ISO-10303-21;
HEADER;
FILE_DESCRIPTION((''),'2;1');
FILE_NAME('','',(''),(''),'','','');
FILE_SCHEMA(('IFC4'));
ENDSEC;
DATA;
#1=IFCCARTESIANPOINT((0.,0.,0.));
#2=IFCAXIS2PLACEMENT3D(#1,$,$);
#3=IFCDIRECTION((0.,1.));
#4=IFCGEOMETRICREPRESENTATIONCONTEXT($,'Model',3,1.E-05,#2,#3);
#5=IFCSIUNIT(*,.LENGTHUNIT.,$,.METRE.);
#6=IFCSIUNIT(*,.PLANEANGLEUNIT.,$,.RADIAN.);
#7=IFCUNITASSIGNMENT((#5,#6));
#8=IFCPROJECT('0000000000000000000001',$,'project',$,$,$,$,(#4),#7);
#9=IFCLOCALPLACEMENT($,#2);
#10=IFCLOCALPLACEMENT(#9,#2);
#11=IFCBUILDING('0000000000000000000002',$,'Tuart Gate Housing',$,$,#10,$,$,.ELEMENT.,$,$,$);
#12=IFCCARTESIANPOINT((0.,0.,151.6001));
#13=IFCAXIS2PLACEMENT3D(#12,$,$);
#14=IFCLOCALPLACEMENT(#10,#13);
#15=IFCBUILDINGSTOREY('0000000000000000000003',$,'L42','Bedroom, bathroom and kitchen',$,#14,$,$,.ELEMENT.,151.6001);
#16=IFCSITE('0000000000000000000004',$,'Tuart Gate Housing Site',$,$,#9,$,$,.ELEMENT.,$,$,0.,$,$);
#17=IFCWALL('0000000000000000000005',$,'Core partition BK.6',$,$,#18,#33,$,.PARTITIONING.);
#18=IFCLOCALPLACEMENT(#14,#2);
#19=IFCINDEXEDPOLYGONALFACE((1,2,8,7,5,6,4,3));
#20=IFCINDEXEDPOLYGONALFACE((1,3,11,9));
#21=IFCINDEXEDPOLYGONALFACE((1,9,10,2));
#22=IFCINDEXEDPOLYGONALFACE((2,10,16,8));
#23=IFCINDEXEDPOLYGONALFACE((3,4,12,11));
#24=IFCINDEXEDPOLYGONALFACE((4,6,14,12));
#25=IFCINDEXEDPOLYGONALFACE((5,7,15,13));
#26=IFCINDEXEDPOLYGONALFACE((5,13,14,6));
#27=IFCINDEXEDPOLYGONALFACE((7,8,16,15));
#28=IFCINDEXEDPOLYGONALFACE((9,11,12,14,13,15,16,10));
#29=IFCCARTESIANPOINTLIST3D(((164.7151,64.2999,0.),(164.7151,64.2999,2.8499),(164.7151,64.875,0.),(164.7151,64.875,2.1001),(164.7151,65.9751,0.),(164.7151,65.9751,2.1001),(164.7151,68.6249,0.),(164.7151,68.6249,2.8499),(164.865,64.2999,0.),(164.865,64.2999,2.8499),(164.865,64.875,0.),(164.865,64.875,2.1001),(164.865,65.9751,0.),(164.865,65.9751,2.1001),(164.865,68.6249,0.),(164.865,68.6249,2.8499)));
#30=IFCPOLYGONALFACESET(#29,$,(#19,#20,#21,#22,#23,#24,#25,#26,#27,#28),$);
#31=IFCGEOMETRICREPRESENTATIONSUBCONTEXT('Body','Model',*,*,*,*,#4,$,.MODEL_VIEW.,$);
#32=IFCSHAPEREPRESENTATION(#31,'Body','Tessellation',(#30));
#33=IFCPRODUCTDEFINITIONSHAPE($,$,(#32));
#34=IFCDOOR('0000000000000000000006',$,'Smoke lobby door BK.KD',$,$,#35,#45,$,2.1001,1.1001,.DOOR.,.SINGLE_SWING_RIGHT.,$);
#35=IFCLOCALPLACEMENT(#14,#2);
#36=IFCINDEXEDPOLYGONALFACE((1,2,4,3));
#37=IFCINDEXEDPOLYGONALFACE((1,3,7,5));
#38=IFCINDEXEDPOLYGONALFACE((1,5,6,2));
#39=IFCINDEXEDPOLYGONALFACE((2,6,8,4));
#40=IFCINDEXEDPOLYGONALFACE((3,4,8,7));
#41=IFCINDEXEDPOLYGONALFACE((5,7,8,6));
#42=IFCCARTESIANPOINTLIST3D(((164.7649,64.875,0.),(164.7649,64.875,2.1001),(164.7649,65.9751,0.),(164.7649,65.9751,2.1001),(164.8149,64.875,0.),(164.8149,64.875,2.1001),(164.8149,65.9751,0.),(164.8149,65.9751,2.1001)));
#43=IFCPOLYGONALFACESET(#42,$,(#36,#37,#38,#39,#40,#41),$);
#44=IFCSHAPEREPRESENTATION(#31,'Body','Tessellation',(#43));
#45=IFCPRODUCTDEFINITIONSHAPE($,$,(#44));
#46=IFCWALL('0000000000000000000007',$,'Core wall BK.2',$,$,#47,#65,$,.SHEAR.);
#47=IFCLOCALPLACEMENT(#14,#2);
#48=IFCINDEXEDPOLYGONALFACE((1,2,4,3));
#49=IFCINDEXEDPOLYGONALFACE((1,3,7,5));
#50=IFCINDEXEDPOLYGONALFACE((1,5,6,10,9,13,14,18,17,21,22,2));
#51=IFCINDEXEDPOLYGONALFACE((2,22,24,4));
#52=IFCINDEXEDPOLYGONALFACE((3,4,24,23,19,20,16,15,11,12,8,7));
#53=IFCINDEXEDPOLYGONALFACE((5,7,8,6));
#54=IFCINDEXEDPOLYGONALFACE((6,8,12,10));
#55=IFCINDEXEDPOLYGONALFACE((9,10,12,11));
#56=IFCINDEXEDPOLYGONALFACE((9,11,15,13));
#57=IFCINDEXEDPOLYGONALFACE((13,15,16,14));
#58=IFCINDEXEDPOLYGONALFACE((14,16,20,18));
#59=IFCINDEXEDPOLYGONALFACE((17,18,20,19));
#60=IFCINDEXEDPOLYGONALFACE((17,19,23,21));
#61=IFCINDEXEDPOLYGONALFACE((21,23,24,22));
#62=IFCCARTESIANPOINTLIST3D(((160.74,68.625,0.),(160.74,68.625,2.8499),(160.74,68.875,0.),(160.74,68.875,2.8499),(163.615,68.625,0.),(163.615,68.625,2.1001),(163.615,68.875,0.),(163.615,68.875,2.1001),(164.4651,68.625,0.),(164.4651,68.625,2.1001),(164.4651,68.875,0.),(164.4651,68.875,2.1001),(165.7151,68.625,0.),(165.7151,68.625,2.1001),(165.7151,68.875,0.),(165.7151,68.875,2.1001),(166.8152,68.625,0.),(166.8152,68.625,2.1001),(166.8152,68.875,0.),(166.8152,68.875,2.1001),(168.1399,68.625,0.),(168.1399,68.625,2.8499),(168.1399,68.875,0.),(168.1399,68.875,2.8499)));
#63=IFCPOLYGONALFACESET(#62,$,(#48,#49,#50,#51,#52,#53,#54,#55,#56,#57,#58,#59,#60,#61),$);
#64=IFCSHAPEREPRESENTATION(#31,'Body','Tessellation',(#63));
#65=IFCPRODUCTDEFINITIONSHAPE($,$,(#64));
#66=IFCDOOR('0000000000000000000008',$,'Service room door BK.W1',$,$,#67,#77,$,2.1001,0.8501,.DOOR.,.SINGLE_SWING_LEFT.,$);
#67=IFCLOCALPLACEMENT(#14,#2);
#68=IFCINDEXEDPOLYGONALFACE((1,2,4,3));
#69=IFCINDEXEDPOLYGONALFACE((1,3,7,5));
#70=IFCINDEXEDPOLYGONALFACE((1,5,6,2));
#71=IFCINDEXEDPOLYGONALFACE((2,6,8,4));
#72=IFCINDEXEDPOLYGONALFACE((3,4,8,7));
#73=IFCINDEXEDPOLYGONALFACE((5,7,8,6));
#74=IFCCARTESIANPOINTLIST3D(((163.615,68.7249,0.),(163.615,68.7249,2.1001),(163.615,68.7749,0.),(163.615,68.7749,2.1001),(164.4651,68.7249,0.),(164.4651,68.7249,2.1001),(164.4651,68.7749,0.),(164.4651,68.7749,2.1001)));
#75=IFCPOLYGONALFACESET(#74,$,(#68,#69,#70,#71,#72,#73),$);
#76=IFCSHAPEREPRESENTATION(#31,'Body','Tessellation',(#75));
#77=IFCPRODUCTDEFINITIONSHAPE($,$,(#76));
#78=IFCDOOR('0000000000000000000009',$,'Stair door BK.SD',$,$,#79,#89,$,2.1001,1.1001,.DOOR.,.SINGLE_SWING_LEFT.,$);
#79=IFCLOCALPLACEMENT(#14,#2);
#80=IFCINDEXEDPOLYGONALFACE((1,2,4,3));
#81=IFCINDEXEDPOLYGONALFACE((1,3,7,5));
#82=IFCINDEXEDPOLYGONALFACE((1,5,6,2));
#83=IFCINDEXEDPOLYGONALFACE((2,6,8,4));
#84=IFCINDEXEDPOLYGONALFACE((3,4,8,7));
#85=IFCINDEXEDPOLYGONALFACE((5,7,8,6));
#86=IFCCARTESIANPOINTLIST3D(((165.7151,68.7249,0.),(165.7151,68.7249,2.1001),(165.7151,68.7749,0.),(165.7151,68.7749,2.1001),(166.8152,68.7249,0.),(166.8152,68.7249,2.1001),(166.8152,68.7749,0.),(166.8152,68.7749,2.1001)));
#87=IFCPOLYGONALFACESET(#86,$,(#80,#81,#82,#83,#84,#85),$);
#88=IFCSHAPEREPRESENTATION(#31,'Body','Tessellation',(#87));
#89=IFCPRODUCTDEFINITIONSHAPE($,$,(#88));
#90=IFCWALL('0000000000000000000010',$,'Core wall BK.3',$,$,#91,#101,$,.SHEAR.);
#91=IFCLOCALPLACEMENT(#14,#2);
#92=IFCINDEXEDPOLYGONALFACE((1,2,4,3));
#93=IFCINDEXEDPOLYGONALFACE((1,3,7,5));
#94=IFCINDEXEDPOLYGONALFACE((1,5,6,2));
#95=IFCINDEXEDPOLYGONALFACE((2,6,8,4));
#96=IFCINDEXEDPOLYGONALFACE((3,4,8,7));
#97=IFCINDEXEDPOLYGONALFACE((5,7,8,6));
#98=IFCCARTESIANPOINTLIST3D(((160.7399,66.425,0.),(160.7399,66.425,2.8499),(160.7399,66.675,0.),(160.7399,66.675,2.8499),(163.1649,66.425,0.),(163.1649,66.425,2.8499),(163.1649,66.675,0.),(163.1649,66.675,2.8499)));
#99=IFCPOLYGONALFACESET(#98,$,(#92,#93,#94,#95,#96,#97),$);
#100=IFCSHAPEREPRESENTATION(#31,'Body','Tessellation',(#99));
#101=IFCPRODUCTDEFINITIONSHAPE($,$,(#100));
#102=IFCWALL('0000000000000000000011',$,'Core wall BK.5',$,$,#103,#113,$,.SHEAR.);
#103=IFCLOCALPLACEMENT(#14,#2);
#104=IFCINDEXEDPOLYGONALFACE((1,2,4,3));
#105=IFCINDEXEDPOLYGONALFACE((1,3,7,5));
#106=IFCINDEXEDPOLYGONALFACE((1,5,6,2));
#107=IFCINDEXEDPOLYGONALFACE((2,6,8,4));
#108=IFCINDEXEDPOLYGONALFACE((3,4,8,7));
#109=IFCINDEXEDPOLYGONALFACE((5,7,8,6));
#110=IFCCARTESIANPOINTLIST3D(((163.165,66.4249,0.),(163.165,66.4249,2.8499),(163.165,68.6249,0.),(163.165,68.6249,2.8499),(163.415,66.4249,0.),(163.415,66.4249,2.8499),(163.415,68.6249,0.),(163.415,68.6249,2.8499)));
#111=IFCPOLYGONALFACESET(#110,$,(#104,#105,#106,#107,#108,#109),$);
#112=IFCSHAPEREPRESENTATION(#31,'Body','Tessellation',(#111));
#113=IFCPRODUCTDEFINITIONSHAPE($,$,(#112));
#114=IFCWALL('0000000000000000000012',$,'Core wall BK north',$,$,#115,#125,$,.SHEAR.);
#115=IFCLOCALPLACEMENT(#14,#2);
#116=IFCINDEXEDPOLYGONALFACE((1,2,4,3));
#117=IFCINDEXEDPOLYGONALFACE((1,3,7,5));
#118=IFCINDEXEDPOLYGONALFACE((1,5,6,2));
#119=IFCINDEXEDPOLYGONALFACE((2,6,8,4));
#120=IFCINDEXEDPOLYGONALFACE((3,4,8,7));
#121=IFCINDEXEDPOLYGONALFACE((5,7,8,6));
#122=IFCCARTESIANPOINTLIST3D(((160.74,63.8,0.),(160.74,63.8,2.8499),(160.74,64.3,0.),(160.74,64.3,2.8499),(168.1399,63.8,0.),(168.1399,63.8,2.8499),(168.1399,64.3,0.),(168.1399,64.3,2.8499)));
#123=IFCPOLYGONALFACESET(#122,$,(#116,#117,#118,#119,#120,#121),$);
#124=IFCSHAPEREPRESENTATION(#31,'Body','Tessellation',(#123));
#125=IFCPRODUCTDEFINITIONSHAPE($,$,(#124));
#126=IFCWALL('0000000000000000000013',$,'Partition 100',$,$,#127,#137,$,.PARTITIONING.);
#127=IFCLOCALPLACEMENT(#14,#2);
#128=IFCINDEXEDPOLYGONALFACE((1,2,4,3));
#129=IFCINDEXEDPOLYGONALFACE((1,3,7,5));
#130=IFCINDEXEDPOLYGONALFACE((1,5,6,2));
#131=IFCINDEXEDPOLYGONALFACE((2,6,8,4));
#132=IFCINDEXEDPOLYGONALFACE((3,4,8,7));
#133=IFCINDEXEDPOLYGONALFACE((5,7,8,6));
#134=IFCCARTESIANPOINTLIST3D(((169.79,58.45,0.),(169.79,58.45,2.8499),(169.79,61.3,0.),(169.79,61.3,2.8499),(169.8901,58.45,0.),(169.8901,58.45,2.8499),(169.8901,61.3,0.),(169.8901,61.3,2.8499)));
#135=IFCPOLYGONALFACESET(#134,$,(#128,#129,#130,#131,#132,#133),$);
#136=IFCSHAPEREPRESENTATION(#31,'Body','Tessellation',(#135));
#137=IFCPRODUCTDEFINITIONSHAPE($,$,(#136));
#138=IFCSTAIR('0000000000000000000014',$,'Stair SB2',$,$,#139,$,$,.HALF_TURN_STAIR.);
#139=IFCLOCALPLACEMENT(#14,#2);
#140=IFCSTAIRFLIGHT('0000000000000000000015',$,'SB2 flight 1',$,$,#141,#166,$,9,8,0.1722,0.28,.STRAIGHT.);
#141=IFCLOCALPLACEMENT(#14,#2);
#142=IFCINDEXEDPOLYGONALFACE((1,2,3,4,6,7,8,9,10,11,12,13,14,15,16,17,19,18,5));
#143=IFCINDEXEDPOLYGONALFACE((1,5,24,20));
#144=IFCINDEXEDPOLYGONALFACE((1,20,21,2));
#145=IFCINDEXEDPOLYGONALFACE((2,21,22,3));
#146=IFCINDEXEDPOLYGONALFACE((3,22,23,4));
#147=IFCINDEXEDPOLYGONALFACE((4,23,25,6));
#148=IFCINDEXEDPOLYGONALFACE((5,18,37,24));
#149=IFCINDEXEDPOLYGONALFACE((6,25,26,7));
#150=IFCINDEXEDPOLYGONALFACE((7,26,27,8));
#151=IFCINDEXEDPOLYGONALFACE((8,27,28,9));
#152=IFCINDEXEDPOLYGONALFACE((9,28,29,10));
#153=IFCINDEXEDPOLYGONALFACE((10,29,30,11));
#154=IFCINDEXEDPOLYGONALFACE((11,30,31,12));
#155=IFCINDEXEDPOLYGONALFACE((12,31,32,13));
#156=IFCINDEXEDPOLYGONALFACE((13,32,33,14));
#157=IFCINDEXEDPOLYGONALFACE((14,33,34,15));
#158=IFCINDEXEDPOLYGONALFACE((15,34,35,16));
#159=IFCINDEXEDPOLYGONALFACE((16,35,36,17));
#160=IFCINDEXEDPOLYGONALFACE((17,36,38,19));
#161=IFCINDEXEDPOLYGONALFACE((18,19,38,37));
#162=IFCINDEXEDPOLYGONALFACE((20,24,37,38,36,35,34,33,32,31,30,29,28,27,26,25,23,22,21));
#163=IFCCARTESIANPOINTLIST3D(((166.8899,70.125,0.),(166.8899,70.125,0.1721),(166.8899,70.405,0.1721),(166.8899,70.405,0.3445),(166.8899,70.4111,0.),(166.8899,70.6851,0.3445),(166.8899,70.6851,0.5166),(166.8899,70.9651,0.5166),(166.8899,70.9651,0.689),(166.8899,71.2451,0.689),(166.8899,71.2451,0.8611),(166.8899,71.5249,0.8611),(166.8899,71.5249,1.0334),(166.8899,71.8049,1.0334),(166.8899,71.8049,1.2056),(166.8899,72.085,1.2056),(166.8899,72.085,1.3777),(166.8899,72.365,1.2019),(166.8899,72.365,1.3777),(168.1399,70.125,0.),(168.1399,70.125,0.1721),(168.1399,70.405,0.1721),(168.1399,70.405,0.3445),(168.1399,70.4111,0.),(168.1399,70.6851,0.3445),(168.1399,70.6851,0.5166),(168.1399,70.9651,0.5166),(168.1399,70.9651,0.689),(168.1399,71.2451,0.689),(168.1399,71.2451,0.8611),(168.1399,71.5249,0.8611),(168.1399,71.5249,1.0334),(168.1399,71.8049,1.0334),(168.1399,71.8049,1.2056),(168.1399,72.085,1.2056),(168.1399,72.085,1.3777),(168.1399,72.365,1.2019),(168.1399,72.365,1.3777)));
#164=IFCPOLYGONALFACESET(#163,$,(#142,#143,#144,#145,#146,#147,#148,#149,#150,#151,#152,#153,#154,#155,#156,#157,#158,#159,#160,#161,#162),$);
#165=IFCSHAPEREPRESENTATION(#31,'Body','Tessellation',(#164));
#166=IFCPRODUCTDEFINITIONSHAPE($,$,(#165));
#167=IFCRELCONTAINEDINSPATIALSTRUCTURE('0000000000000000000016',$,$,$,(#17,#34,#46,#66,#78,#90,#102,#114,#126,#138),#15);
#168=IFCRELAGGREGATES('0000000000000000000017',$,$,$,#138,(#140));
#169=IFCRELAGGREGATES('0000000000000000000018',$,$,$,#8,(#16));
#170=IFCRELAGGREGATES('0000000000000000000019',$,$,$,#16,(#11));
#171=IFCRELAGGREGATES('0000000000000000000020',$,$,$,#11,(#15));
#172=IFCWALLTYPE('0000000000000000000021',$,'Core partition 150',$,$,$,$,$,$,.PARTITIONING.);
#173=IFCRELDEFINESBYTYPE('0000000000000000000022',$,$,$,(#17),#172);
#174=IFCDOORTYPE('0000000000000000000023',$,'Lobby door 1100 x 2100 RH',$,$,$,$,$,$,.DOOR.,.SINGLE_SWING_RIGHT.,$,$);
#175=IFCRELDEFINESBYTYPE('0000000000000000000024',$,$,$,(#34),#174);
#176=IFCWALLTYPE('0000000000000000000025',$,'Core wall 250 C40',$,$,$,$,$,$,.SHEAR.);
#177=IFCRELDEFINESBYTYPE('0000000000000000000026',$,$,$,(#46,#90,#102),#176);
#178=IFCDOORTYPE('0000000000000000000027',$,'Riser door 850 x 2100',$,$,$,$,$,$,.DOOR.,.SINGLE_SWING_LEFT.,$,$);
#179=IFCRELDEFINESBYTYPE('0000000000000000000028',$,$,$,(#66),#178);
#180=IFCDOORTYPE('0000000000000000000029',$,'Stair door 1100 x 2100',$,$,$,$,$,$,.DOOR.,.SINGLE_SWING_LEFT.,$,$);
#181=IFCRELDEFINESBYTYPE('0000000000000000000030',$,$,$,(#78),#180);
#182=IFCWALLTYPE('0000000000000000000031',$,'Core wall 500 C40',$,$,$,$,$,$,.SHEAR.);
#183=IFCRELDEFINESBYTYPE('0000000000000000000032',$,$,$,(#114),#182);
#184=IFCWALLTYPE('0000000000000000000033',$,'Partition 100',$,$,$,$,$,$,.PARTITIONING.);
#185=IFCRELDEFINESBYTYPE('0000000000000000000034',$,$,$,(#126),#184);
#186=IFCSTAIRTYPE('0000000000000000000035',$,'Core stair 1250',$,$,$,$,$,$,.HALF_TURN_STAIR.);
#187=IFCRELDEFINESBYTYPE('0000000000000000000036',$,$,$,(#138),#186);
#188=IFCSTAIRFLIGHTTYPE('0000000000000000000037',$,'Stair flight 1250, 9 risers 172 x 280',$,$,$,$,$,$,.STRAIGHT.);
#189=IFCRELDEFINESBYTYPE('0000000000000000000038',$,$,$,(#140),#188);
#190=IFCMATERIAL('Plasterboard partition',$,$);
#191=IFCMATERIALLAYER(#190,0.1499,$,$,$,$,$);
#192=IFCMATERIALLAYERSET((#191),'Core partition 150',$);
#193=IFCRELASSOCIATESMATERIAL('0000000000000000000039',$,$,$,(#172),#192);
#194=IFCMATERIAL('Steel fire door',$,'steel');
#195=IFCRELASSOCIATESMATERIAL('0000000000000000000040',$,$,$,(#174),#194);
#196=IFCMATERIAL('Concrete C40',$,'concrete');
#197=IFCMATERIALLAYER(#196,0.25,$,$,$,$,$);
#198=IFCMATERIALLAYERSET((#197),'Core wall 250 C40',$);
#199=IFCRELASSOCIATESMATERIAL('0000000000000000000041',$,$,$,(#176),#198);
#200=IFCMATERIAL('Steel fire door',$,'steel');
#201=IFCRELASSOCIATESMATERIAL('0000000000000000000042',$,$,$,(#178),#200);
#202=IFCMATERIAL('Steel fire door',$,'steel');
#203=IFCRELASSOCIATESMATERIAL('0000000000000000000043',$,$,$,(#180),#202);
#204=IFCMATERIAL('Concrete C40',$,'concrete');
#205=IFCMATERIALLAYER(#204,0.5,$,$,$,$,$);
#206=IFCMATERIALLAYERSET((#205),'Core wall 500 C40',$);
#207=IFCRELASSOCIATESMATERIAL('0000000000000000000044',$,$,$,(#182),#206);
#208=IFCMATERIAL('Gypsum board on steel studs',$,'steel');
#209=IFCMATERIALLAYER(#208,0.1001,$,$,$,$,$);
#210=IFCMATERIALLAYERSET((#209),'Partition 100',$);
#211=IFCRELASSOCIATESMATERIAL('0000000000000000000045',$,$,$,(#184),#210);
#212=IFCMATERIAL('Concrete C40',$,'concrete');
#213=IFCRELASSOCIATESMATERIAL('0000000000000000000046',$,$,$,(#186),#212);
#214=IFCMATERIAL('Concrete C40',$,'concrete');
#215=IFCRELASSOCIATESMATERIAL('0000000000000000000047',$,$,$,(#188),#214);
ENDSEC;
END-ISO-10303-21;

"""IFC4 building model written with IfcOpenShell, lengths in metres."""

from ifc_helpers import new_model, si_unit, direction, frame, frame_2d, origin, place, context, subcontext, project, spatial, polyline, rectangle, outline, extrude, material, layer, layer_set, type_object, element, fill, aggregate, save


model = new_model("IFC4")

# Units and contexts
model_context = context("Model", 3, precision=1e-05, world=origin(), true_north=direction((0.0, 1.0)))
body_context = subcontext(model_context, "Body", "Model", "MODEL_VIEW")
ifc_project = project(units=[si_unit("LENGTHUNIT", "METRE"), si_unit("PLANEANGLEUNIT", "RADIAN")], contexts=[model_context])

# Site, building, storey
site_placement = place(None, origin())
site = spatial("IfcSite", under=ifc_project, at=site_placement, Name="Tuart Gate Housing Site", CompositionType="ELEMENT", RefElevation=0.0)
building_placement = place(site_placement, origin())
building = spatial("IfcBuilding", under=site, at=building_placement, Name="Tuart Gate Housing", CompositionType="ELEMENT")
storey_placement = place(building_placement, frame((0.0, 0.0, 151.6001)))
storey = spatial("IfcBuildingStorey", under=building, at=storey_placement, Name="L42", Description="Bedroom, bathroom and kitchen", CompositionType="ELEMENT", Elevation=151.6001)

# Wall, opening, door
ifc_material_1 = material(Name="Plasterboard partition")
ifc_layer_1 = layer(ifc_material_1, 0.1499)
ifc_layer_set_1 = layer_set([ifc_layer_1], Name="Core partition 150")
wall_type_1 = type_object("IfcWallType", Name="Core partition 150", PredefinedType="PARTITIONING", material=ifc_layer_set_1)
wall_1_placement = place(storey_placement, frame((164.79, 68.625, 0.0), z_axis=(0.0, 0.0, 1.0), x_axis=(0.0, -1.0, 0.0)))
wall_1 = element("IfcWall", 1, at=wall_1_placement, inside=storey, type_object=wall_type_1, Name="Core partition BK.6", PredefinedType="PARTITIONING", context=body_context, shape_type="SweptSolid", body=[
    extrude(rectangle(XDim=4.325, YDim=0.1499, at=frame_2d((2.1626, 0.0))), origin(), (0.0, 0.0, 1.0), 2.8499),
])
opening_1_placement = place(wall_1_placement, frame((2.6499, 0.0, 0.0)))
opening_1 = element("IfcOpeningElement", 2, at=opening_1_placement, cuts=wall_1, PredefinedType="OPENING", context=body_context, shape_type="SweptSolid", body=[
    extrude(rectangle(XDim=1.1001, YDim=2.1001, at=frame_2d((0.55, 1.05))), frame((0.0, 0.085, 0.0), z_axis=(0.0, -1.0, 0.0), x_axis=(1.0, 0.0, 0.0)), (0.0, 0.0, 1.0), 0.1699),
])
ifc_material_2 = material(Name="Steel fire door", Category="steel")
door_type_1 = type_object("IfcDoorType", Name="Lobby door 1100 x 2100 RH", OperationType="SINGLE_SWING_RIGHT", PredefinedType="DOOR", material=ifc_material_2)
door_1_placement = place(opening_1_placement, origin())
door_1 = element("IfcDoor", 3, at=door_1_placement, inside=storey, type_object=door_type_1, Name="Smoke lobby door BK.KD", OperationType="SINGLE_SWING_RIGHT", OverallHeight=2.1001, OverallWidth=1.1001, PredefinedType="DOOR", context=body_context, shape_type="SweptSolid", body=[
    extrude(rectangle(XDim=1.1001, YDim=2.1001, at=frame_2d((0.55, 1.05))), frame((0.0, 0.0249, 0.0), z_axis=(0.0, -1.0, 0.0), x_axis=(1.0, 0.0, 0.0)), (0.0, 0.0, 1.0), 0.05),
])
fill(opening_1, door_1)

# Wall, openings, doors
ifc_material_3 = material(Name="Concrete C40", Category="concrete")
ifc_layer_2 = layer(ifc_material_3, 0.25)
ifc_layer_set_2 = layer_set([ifc_layer_2], Name="Core wall 250 C40")
wall_type_2 = type_object("IfcWallType", Name="Core wall 250 C40", PredefinedType="SHEAR", material=ifc_layer_set_2)
wall_2_placement = place(storey_placement, frame((160.74, 68.75, 0.0), z_axis=(0.0, 0.0, 1.0), x_axis=(1.0, 0.0, 0.0)))
wall_2 = element("IfcWall", 4, at=wall_2_placement, inside=storey, type_object=wall_type_2, Name="Core wall BK.2", PredefinedType="SHEAR", context=body_context, shape_type="SweptSolid", body=[
    extrude(rectangle(XDim=7.3999, YDim=0.25, at=frame_2d((3.7, 0.0))), origin(), (0.0, 0.0, 1.0), 2.8499),
])
opening_2_placement = place(wall_2_placement, frame((4.9751, 0.0, 0.0)))
opening_2 = element("IfcOpeningElement", 5, at=opening_2_placement, cuts=wall_2, PredefinedType="OPENING", context=body_context, shape_type="SweptSolid", body=[
    extrude(rectangle(XDim=1.1001, YDim=2.1001, at=frame_2d((0.55, 1.05))), frame((0.0, 0.135, 0.0), z_axis=(0.0, -1.0, 0.0), x_axis=(1.0, 0.0, 0.0)), (0.0, 0.0, 1.0), 0.27),
])
opening_3_placement = place(wall_2_placement, frame((2.875, 0.0, 0.0)))
opening_3 = element("IfcOpeningElement", 6, at=opening_3_placement, cuts=wall_2, PredefinedType="OPENING", context=body_context, shape_type="SweptSolid", body=[
    extrude(rectangle(XDim=0.8501, YDim=2.1001, at=frame_2d((0.425, 1.05))), frame((0.0, 0.135, 0.0), z_axis=(0.0, -1.0, 0.0), x_axis=(1.0, 0.0, 0.0)), (0.0, 0.0, 1.0), 0.27),
])
ifc_material_4 = material(Name="Steel fire door", Category="steel")
door_type_2 = type_object("IfcDoorType", Name="Riser door 850 x 2100", OperationType="SINGLE_SWING_LEFT", PredefinedType="DOOR", material=ifc_material_4)
door_2_placement = place(opening_3_placement, origin())
door_2 = element("IfcDoor", 7, at=door_2_placement, inside=storey, type_object=door_type_2, Name="Service room door BK.W1", OperationType="SINGLE_SWING_LEFT", OverallHeight=2.1001, OverallWidth=0.8501, PredefinedType="DOOR", context=body_context, shape_type="SweptSolid", body=[
    extrude(rectangle(XDim=0.8501, YDim=2.1001, at=frame_2d((0.425, 1.05))), frame((0.0, 0.0249, 0.0), z_axis=(0.0, -1.0, 0.0), x_axis=(1.0, 0.0, 0.0)), (0.0, 0.0, 1.0), 0.05),
])
fill(opening_3, door_2)
ifc_material_5 = material(Name="Steel fire door", Category="steel")
door_type_3 = type_object("IfcDoorType", Name="Stair door 1100 x 2100", OperationType="SINGLE_SWING_LEFT", PredefinedType="DOOR", material=ifc_material_5)
door_3_placement = place(opening_2_placement, origin())
door_3 = element("IfcDoor", 8, at=door_3_placement, inside=storey, type_object=door_type_3, Name="Stair door BK.SD", OperationType="SINGLE_SWING_LEFT", OverallHeight=2.1001, OverallWidth=1.1001, PredefinedType="DOOR", context=body_context, shape_type="SweptSolid", body=[
    extrude(rectangle(XDim=1.1001, YDim=2.1001, at=frame_2d((0.55, 1.05))), frame((0.0, 0.0249, 0.0), z_axis=(0.0, -1.0, 0.0), x_axis=(1.0, 0.0, 0.0)), (0.0, 0.0, 1.0), 0.05),
])
fill(opening_2, door_3)

# Walls
wall_3_placement = place(storey_placement, frame((160.74, 66.55, 0.0), z_axis=(0.0, 0.0, 1.0), x_axis=(1.0, 0.0, 0.0)))
element("IfcWall", 9, at=wall_3_placement, inside=storey, type_object=wall_type_2, Name="Core wall BK.3", PredefinedType="SHEAR", context=body_context, shape_type="SweptSolid", body=[
    extrude(rectangle(XDim=2.425, YDim=0.25, at=frame_2d((1.2124, 0.0))), origin(), (0.0, 0.0, 1.0), 2.8499),
])
wall_4_placement = place(storey_placement, frame((163.29, 68.625, 0.0), z_axis=(0.0, 0.0, 1.0), x_axis=(0.0, -1.0, 0.0)))
element("IfcWall", 10, at=wall_4_placement, inside=storey, type_object=wall_type_2, Name="Core wall BK.5", PredefinedType="SHEAR", context=body_context, shape_type="SweptSolid", body=[
    extrude(rectangle(XDim=2.2, YDim=0.25, at=frame_2d((1.1001, 0.0))), origin(), (0.0, 0.0, 1.0), 2.8499),
])
ifc_material_6 = material(Name="Concrete C40", Category="concrete")
ifc_layer_3 = layer(ifc_material_6, 0.5)
ifc_layer_set_3 = layer_set([ifc_layer_3], Name="Core wall 500 C40")
wall_type_3 = type_object("IfcWallType", Name="Core wall 500 C40", PredefinedType="SHEAR", material=ifc_layer_set_3)
wall_5_placement = place(storey_placement, frame((160.74, 64.05, 0.0), z_axis=(0.0, 0.0, 1.0), x_axis=(1.0, 0.0, 0.0)))
element("IfcWall", 11, at=wall_5_placement, inside=storey, type_object=wall_type_3, Name="Core wall BK north", PredefinedType="SHEAR", context=body_context, shape_type="SweptSolid", body=[
    extrude(rectangle(XDim=7.3999, YDim=0.5, at=frame_2d((3.7, 0.0))), origin(), (0.0, 0.0, 1.0), 2.8499),
])
ifc_material_7 = material(Name="Gypsum board on steel studs", Category="steel")
ifc_layer_4 = layer(ifc_material_7, 0.1001)
ifc_layer_set_4 = layer_set([ifc_layer_4], Name="Partition 100")
wall_type_4 = type_object("IfcWallType", Name="Partition 100", PredefinedType="PARTITIONING", material=ifc_layer_set_4)
wall_6_placement = place(storey_placement, frame((169.8401, 58.45, 0.0), z_axis=(0.0, 0.0, 1.0), x_axis=(0.0, 1.0, 0.0)))
element("IfcWall", 12, at=wall_6_placement, inside=storey, type_object=wall_type_4, Name="Partition 100", PredefinedType="PARTITIONING", context=body_context, shape_type="SweptSolid", body=[
    extrude(rectangle(XDim=2.8501, YDim=0.1001, at=frame_2d((1.425, 0.0))), origin(), (0.0, 0.0, 1.0), 2.8499),
])

# Stair, stair flight
ifc_material_8 = material(Name="Concrete C40", Category="concrete")
stair_type = type_object("IfcStairType", Name="Core stair 1250", PredefinedType="HALF_TURN_STAIR", material=ifc_material_8)
stair_placement = place(storey_placement, origin())
stair = element("IfcStair", 13, at=stair_placement, inside=storey, type_object=stair_type, Name="Stair SB2", PredefinedType="HALF_TURN_STAIR")
ifc_material_9 = material(Name="Concrete C40", Category="concrete")
stair_flight_type = type_object("IfcStairFlightType", Name="Stair flight 1250, 9 risers 172 x 280", PredefinedType="STRAIGHT", material=ifc_material_9)
stair_flight_placement = place(storey_placement, frame((167.5149, 70.125, 0.0), z_axis=(0.0, 0.0, 1.0), x_axis=(0.0, 1.0, 0.0)))
stair_flight = element("IfcStairFlight", 14, at=stair_flight_placement, type_object=stair_flight_type, Name="SB2 flight 1", NumberOfRisers=9, NumberOfTreads=8, PredefinedType="STRAIGHT", RiserHeight=0.1722, TreadLength=0.28, context=body_context, shape_type="SweptSolid", body=[
    extrude(outline(polyline([(0.0, 0.0), (0.0, 0.1721), (0.28, 0.1721), (0.28, 0.3445), (0.5601, 0.3445), (0.5601, 0.5166), (0.8401, 0.5166), (0.8401, 0.689), (1.1201, 0.689), (1.1201, 0.8611), (1.3999, 0.8611), (1.3999, 1.0334), (1.6799, 1.0334), (1.6799, 1.2056), (1.96, 1.2056), (1.96, 1.3777), (2.24, 1.3777), (2.24, 1.55), (2.24, 1.2019), (0.2861, 0.0), (0.0, 0.0)])), frame((0.0, 0.625, 0.0), z_axis=(0.0, -1.0, 0.0), x_axis=(1.0, 0.0, 0.0)), (0.0, 0.0, 1.0), 1.25),
])
aggregate(stair, [stair_flight])

save(model, "model.ifc")
